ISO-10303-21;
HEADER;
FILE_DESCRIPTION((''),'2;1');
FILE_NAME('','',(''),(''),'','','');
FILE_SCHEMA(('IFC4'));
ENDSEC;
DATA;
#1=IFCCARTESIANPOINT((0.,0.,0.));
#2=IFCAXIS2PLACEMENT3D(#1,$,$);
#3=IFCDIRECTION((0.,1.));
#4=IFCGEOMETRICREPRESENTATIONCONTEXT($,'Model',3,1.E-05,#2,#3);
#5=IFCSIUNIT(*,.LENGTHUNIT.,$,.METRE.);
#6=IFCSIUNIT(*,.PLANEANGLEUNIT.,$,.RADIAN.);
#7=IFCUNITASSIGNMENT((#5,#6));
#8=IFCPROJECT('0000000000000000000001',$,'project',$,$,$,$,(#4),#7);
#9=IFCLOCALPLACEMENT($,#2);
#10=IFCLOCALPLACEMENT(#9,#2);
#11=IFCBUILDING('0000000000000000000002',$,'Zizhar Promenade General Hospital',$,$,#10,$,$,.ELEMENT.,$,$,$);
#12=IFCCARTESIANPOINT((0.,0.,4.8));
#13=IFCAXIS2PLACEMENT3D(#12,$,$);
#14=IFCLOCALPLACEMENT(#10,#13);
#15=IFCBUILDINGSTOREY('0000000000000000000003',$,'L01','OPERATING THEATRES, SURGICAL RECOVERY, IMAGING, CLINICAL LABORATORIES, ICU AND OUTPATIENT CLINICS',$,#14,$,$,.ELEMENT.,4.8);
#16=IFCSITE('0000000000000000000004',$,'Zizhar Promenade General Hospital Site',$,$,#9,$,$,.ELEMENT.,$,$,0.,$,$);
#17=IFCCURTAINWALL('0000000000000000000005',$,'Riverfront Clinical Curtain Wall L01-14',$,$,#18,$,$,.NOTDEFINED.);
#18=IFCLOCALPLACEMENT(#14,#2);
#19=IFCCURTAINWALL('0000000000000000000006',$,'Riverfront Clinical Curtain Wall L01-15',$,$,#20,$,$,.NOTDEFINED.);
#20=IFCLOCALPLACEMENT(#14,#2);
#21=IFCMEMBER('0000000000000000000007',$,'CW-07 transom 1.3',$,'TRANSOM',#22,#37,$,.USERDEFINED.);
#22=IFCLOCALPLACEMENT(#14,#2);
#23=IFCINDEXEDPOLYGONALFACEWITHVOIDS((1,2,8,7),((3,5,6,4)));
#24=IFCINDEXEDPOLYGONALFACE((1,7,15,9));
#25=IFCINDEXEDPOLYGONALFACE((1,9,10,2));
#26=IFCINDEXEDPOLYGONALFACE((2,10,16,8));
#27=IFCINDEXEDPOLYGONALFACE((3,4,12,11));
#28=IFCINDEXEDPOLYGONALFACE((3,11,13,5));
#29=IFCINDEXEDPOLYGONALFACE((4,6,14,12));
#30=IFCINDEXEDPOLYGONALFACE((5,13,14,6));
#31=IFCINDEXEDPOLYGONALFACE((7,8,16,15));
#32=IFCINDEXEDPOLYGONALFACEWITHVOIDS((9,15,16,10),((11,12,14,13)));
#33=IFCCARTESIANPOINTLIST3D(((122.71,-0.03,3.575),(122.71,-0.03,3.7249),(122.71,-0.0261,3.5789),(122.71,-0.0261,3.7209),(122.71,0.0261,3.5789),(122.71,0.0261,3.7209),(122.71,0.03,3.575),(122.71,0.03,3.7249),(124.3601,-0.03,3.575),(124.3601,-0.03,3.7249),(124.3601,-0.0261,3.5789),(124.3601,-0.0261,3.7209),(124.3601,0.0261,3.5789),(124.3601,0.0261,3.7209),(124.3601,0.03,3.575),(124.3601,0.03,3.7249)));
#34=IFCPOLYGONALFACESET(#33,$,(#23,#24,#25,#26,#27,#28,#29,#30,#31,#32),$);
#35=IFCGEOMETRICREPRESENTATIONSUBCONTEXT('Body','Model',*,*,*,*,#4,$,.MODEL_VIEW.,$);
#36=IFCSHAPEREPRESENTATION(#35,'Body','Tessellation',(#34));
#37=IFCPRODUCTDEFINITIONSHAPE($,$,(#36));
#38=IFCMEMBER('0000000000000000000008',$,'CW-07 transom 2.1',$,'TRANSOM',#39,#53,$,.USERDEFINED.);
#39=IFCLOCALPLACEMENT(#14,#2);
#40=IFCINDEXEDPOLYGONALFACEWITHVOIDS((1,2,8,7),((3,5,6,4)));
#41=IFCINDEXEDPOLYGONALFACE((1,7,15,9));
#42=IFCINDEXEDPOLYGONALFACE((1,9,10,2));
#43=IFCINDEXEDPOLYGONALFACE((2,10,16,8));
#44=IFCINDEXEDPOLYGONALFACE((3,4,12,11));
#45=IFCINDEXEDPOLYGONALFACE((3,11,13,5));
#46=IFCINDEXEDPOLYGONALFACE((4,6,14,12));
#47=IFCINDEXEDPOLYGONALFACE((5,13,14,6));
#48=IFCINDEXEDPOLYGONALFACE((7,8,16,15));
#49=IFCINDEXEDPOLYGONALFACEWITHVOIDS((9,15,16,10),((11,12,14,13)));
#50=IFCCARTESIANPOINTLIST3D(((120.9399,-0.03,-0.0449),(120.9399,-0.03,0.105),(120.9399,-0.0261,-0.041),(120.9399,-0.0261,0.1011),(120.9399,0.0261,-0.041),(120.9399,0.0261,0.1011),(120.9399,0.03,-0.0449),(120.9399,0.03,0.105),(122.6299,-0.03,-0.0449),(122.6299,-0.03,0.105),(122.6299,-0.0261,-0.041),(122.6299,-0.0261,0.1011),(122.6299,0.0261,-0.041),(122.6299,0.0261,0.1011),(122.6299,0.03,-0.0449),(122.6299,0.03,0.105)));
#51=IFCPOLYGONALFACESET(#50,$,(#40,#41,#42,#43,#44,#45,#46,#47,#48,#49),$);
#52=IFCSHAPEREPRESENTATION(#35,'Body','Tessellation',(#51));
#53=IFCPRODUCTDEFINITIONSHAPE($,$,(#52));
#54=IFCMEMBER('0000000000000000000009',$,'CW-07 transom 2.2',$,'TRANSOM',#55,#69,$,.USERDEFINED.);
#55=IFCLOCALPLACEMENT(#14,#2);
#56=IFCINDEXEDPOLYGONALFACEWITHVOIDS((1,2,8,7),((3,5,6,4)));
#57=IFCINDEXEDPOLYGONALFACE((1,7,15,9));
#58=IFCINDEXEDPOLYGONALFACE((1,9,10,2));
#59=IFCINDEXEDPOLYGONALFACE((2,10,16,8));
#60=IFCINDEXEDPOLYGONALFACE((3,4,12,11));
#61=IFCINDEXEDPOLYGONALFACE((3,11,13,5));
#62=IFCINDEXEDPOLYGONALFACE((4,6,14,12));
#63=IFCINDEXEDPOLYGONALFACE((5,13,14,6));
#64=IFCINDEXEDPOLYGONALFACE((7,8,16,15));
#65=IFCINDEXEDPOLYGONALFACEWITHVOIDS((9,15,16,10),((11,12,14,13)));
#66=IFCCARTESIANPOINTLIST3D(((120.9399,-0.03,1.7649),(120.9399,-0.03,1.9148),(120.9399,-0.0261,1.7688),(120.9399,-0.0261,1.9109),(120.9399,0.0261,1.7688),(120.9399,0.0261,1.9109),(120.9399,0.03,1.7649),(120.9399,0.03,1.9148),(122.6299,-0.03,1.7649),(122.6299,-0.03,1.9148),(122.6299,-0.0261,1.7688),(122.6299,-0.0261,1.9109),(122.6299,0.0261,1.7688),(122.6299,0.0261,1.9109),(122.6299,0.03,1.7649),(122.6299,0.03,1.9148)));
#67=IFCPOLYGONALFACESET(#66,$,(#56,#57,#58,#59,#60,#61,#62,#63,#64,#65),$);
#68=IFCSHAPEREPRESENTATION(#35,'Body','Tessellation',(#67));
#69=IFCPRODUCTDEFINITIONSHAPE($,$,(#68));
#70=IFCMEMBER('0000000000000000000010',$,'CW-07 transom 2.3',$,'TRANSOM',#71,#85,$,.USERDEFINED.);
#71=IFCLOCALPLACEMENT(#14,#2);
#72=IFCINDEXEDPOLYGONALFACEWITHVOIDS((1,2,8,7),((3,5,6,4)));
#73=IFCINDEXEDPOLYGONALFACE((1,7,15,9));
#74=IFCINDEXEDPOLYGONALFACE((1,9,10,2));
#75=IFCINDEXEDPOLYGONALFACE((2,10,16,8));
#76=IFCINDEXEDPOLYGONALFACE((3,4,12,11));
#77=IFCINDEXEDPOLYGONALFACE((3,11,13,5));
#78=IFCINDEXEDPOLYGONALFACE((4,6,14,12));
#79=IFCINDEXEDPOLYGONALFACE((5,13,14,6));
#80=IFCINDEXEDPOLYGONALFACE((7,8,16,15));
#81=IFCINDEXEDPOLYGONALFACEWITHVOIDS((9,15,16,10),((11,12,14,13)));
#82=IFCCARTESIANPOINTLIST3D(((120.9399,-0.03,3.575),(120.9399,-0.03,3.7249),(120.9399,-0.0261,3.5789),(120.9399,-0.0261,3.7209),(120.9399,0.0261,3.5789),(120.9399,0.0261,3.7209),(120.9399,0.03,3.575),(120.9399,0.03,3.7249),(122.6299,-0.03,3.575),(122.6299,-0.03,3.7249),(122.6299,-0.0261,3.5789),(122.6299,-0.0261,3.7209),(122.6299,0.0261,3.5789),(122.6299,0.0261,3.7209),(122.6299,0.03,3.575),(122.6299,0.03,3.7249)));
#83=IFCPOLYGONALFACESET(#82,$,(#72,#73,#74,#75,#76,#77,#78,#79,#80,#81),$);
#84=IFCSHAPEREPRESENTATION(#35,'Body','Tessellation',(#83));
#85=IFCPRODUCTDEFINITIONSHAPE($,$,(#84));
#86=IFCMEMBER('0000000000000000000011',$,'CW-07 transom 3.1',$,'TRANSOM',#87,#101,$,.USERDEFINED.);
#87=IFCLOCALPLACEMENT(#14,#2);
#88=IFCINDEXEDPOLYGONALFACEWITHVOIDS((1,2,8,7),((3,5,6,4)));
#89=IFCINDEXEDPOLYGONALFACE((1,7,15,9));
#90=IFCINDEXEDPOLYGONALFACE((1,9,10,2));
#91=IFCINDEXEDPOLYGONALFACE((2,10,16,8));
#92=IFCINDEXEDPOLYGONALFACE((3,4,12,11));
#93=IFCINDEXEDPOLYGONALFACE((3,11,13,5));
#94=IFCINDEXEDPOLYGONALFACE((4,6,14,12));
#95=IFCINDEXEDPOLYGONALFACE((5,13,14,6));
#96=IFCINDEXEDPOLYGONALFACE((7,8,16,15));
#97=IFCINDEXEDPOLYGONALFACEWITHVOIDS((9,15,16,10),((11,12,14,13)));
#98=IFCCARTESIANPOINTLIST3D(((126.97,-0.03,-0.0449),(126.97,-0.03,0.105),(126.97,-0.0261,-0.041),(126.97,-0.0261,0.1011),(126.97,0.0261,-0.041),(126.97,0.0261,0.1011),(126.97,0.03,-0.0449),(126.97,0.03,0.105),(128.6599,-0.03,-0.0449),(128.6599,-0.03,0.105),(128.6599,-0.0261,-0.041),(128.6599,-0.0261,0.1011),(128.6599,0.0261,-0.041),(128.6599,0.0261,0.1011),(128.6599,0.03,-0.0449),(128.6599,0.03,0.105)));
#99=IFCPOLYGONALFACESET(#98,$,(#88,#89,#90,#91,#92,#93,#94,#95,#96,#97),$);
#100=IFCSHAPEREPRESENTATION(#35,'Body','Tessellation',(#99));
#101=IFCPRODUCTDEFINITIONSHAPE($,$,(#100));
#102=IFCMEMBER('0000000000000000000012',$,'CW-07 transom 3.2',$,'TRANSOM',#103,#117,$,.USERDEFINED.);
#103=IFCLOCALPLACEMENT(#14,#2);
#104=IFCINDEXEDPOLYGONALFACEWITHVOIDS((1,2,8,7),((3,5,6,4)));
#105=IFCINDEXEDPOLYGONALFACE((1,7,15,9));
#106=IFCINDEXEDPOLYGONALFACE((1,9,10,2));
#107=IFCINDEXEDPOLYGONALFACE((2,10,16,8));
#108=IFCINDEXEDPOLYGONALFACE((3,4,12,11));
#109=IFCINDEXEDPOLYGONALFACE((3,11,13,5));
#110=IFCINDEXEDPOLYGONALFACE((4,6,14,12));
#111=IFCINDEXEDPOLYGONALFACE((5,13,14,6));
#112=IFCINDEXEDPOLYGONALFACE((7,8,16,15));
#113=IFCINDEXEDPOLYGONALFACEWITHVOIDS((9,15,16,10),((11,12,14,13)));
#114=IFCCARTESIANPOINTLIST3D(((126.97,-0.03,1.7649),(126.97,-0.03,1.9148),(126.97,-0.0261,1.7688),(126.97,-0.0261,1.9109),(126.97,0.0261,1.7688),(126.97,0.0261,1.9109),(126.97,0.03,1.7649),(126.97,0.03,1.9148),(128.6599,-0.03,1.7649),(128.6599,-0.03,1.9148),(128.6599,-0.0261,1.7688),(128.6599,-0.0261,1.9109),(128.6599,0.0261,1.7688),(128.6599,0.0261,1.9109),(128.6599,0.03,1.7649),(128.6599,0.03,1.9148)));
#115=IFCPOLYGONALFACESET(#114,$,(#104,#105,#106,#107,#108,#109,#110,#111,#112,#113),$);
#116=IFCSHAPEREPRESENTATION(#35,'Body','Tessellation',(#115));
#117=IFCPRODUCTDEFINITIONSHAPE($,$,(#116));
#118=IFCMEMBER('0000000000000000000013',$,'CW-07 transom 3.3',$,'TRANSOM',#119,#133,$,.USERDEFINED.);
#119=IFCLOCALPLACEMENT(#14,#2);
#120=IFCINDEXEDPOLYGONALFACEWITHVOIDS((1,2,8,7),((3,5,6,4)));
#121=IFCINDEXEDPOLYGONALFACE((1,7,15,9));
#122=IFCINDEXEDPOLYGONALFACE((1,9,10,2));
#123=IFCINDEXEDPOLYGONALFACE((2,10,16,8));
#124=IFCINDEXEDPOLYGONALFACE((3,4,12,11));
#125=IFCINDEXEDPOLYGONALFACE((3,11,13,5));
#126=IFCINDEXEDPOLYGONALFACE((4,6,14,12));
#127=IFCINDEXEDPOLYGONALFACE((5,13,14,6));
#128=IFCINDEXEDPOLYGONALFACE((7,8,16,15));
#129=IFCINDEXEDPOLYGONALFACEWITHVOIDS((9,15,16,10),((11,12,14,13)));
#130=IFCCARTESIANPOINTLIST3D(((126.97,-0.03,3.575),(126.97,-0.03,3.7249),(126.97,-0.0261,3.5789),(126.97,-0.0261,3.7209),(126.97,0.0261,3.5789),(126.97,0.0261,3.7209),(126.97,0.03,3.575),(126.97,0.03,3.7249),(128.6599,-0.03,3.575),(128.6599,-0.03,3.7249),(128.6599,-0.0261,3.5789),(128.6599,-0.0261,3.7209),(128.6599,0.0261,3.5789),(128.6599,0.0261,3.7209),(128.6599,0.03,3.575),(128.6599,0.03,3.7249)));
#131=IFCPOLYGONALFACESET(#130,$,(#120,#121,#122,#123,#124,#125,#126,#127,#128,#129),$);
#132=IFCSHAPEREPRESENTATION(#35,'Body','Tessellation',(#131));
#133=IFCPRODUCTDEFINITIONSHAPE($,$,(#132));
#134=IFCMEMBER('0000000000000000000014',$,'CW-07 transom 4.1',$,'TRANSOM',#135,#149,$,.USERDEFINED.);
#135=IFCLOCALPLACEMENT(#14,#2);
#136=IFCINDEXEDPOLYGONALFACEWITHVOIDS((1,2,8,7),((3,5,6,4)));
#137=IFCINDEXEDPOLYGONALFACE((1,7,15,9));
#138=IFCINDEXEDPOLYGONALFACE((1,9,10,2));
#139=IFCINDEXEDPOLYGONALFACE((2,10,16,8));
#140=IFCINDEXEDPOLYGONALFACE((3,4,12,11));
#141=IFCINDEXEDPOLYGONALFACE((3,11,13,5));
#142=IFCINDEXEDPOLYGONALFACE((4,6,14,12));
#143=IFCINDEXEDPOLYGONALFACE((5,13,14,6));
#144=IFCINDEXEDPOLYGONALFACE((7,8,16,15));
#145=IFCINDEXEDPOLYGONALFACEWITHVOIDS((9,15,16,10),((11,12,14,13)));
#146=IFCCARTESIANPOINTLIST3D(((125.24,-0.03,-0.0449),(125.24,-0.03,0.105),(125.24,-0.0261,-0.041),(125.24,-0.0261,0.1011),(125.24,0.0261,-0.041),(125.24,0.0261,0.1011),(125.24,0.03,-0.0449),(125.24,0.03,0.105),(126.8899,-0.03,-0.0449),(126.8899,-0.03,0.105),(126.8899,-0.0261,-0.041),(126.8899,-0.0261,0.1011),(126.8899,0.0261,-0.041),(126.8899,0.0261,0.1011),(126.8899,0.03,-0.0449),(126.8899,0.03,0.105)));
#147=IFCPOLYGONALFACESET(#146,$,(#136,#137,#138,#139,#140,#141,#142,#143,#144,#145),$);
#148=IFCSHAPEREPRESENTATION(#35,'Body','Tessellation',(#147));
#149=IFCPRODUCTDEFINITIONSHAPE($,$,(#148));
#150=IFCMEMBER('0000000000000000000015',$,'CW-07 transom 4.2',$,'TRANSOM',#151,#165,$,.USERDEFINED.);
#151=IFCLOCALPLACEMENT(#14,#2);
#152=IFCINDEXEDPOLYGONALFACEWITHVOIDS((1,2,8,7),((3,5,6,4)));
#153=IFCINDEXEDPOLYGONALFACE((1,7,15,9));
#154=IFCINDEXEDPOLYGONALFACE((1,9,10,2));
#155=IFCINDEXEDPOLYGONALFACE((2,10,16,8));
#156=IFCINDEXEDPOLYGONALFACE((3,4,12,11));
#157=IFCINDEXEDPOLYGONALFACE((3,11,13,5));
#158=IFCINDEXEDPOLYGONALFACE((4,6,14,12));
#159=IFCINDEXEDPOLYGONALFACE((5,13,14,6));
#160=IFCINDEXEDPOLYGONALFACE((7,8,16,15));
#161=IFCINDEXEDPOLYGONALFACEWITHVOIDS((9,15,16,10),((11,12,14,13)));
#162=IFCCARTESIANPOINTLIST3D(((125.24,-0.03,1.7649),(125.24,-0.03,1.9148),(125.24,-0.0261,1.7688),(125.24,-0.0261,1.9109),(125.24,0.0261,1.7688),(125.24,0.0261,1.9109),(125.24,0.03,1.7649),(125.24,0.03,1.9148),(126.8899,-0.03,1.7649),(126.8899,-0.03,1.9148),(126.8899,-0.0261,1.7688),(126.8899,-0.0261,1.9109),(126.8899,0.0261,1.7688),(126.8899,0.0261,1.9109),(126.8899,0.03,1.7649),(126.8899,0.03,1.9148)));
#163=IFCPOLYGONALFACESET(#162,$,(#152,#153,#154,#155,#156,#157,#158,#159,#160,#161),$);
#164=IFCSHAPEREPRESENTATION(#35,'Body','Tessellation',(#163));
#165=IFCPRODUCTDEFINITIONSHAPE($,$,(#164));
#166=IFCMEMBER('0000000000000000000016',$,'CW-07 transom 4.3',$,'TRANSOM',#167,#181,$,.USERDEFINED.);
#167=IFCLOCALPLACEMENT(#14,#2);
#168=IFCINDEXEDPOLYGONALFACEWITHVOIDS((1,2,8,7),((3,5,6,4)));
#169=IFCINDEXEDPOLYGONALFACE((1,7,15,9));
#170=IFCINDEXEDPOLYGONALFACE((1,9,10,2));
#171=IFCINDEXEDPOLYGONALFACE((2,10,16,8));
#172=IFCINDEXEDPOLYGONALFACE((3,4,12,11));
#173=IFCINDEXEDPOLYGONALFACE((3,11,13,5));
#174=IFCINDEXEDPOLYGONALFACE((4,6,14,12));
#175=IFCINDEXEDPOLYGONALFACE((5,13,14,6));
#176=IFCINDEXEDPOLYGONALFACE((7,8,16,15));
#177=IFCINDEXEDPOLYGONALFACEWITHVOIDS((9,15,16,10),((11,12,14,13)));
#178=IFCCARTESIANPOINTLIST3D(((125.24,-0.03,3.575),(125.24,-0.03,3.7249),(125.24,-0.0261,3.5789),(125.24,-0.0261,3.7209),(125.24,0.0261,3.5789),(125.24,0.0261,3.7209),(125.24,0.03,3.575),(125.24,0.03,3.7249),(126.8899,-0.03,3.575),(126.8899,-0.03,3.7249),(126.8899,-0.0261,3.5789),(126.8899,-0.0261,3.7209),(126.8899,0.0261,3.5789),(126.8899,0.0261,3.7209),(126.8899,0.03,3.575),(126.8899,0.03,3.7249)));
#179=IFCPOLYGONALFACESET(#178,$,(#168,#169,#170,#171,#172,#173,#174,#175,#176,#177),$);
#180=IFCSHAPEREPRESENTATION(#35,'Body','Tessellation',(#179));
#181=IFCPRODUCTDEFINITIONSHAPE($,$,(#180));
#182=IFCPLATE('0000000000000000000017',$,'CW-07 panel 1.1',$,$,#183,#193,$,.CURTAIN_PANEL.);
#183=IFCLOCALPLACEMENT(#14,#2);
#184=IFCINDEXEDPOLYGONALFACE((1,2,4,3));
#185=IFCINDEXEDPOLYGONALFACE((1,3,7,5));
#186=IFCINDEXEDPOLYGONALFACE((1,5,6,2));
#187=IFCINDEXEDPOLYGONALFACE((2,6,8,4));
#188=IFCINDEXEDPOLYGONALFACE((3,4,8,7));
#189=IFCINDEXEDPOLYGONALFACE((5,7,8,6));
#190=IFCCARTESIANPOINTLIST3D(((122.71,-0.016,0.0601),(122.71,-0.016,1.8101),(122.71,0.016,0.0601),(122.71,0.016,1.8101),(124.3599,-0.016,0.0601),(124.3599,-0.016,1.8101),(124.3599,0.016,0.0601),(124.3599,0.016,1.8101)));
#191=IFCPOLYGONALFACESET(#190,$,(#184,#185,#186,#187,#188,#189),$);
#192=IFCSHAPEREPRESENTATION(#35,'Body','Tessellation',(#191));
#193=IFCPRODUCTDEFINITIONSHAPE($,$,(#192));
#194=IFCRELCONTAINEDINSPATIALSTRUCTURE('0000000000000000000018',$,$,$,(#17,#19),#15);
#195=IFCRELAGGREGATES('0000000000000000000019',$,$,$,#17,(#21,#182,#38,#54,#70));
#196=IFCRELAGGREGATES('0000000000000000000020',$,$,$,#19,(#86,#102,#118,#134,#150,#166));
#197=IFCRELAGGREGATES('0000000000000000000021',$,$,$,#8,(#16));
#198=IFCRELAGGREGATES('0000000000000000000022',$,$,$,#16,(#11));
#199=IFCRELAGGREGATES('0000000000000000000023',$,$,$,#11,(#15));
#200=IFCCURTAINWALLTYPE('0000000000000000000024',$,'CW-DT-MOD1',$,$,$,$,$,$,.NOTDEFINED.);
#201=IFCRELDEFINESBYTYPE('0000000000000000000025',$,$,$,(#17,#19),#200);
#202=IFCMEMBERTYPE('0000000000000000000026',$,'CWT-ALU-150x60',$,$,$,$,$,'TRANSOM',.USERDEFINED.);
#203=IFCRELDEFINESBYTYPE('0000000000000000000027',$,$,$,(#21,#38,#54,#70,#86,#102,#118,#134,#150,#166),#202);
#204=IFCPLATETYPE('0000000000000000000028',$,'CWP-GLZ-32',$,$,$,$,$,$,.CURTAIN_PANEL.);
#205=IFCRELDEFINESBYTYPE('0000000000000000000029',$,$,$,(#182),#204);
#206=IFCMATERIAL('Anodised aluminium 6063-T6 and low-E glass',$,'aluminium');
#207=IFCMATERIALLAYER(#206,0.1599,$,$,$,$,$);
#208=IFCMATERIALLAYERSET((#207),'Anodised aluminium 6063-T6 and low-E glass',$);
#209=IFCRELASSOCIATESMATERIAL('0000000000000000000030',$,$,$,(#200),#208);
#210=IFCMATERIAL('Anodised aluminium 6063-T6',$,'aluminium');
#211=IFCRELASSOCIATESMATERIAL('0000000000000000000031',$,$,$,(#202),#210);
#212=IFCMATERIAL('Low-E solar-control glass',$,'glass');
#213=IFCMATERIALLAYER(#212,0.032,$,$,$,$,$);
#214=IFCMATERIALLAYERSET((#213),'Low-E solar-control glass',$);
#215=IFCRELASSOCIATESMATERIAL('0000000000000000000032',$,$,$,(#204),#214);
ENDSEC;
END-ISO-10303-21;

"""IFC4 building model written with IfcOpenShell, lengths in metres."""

from ifc_helpers import new_model, si_unit, direction, frame, origin, origin_2d, place, context, subcontext, project, spatial, rectangle, hollow_rectangle, extrude, material, layer, layer_set, material_profile, profile_set, type_object, element, aggregate, save


model = new_model("IFC4")

# Units and contexts
model_context = context("Model", 3, precision=1e-05, world=origin(), true_north=direction((0.0, 1.0)))
body_context = subcontext(model_context, "Body", "Model", "MODEL_VIEW")
ifc_project = project(units=[si_unit("LENGTHUNIT", "METRE"), si_unit("PLANEANGLEUNIT", "RADIAN")], contexts=[model_context])

# Site, building, storey
site_placement = place(None, origin())
site = spatial("IfcSite", under=ifc_project, at=site_placement, Name="Zizhar Promenade General Hospital Site", CompositionType="ELEMENT", RefElevation=0.0)
building_placement = place(site_placement, origin())
building = spatial("IfcBuilding", under=site, at=building_placement, Name="Zizhar Promenade General Hospital", CompositionType="ELEMENT")
storey_placement = place(building_placement, frame((0.0, 0.0, 4.8)))
storey = spatial("IfcBuildingStorey", under=building, at=storey_placement, Name="L01", Description="OPERATING THEATRES, SURGICAL RECOVERY, IMAGING, CLINICAL LABORATORIES, ICU AND OUTPATIENT CLINICS", CompositionType="ELEMENT", Elevation=4.8)

# Curtain walls
ifc_material_1 = material(Name="Anodised aluminium 6063-T6 and low-E glass", Category="aluminium")
ifc_layer_1 = layer(ifc_material_1, 0.1599)
ifc_layer_set_1 = layer_set([ifc_layer_1], Name="Anodised aluminium 6063-T6 and low-E glass")
curtain_wall_type = type_object("IfcCurtainWallType", Name="CW-DT-MOD1", PredefinedType="NOTDEFINED", material=ifc_layer_set_1)
curtain_wall_1_placement = place(storey_placement, origin())
curtain_wall_1 = element("IfcCurtainWall", 1, at=curtain_wall_1_placement, inside=storey, type_object=curtain_wall_type, Name="Riverfront Clinical Curtain Wall L01-14", PredefinedType="NOTDEFINED")
curtain_wall_2_placement = place(storey_placement, origin())
curtain_wall_2 = element("IfcCurtainWall", 2, at=curtain_wall_2_placement, inside=storey, type_object=curtain_wall_type, Name="Riverfront Clinical Curtain Wall L01-15", PredefinedType="NOTDEFINED")

# Members
ifc_material_2 = material(Name="Anodised aluminium 6063-T6", Category="aluminium")
ifc_material_profile_1 = material_profile(ifc_material_2, hollow_rectangle(XDim=0.0601, YDim=0.1499, WallThickness=0.0039, at=origin_2d()))
ifc_profile_set_1 = profile_set([ifc_material_profile_1], Name="Anodised aluminium 6063-T6")
member_type_1 = type_object("IfcMemberType", Name="CWT-ALU-150x60", ElementType="TRANSOM", PredefinedType="USERDEFINED", material=ifc_profile_set_1)
member_1_placement = place(storey_placement, frame((124.3601, 0.0, 3.6499), z_axis=(-1.0, 0.0, 0.0), x_axis=(0.0, -1.0, 0.0)))
member_1 = element("IfcMember", 3, at=member_1_placement, type_object=member_type_1, Name="CW-07 transom 1.3", ObjectType="TRANSOM", PredefinedType="USERDEFINED", context=body_context, shape_type="SweptSolid", body=[
    extrude(hollow_rectangle(XDim=0.0601, YDim=0.1499, WallThickness=0.0039, at=origin_2d()), origin(), (0.0, 0.0, 1.0), 1.6501),
])
member_2_placement = place(storey_placement, frame((122.6299, 0.0, 0.03), z_axis=(-1.0, 0.0, 0.0), x_axis=(0.0, -1.0, 0.0)))
member_2 = element("IfcMember", 4, at=member_2_placement, type_object=member_type_1, Name="CW-07 transom 2.1", ObjectType="TRANSOM", PredefinedType="USERDEFINED", context=body_context, shape_type="SweptSolid", body=[
    extrude(hollow_rectangle(XDim=0.0601, YDim=0.1499, WallThickness=0.0039, at=origin_2d()), origin(), (0.0, 0.0, 1.0), 1.6899),
])
member_3_placement = place(storey_placement, frame((122.6299, 0.0, 1.8398), z_axis=(-1.0, 0.0, 0.0), x_axis=(0.0, -1.0, 0.0)))
member_3 = element("IfcMember", 5, at=member_3_placement, type_object=member_type_1, Name="CW-07 transom 2.2", ObjectType="TRANSOM", PredefinedType="USERDEFINED", context=body_context, shape_type="SweptSolid", body=[
    extrude(hollow_rectangle(XDim=0.0601, YDim=0.1499, WallThickness=0.0039, at=origin_2d()), origin(), (0.0, 0.0, 1.0), 1.6899),
])
member_4_placement = place(storey_placement, frame((122.6299, 0.0, 3.6499), z_axis=(-1.0, 0.0, 0.0), x_axis=(0.0, -1.0, 0.0)))
member_4 = element("IfcMember", 6, at=member_4_placement, type_object=member_type_1, Name="CW-07 transom 2.3", ObjectType="TRANSOM", PredefinedType="USERDEFINED", context=body_context, shape_type="SweptSolid", body=[
    extrude(hollow_rectangle(XDim=0.0601, YDim=0.1499, WallThickness=0.0039, at=origin_2d()), origin(), (0.0, 0.0, 1.0), 1.6899),
])
member_5_placement = place(storey_placement, frame((128.6599, 0.0, 0.03), z_axis=(-1.0, 0.0, 0.0), x_axis=(0.0, -1.0, 0.0)))
member_5 = element("IfcMember", 7, at=member_5_placement, type_object=member_type_1, Name="CW-07 transom 3.1", ObjectType="TRANSOM", PredefinedType="USERDEFINED", context=body_context, shape_type="SweptSolid", body=[
    extrude(hollow_rectangle(XDim=0.0601, YDim=0.1499, WallThickness=0.0039, at=origin_2d()), origin(), (0.0, 0.0, 1.0), 1.6899),
])
member_6_placement = place(storey_placement, frame((128.6599, 0.0, 1.8398), z_axis=(-1.0, 0.0, 0.0), x_axis=(0.0, -1.0, 0.0)))
member_6 = element("IfcMember", 8, at=member_6_placement, type_object=member_type_1, Name="CW-07 transom 3.2", ObjectType="TRANSOM", PredefinedType="USERDEFINED", context=body_context, shape_type="SweptSolid", body=[
    extrude(hollow_rectangle(XDim=0.0601, YDim=0.1499, WallThickness=0.0039, at=origin_2d()), origin(), (0.0, 0.0, 1.0), 1.6899),
])
member_7_placement = place(storey_placement, frame((128.6599, 0.0, 3.6499), z_axis=(-1.0, 0.0, 0.0), x_axis=(0.0, -1.0, 0.0)))
member_7 = element("IfcMember", 9, at=member_7_placement, type_object=member_type_1, Name="CW-07 transom 3.3", ObjectType="TRANSOM", PredefinedType="USERDEFINED", context=body_context, shape_type="SweptSolid", body=[
    extrude(hollow_rectangle(XDim=0.0601, YDim=0.1499, WallThickness=0.0039, at=origin_2d()), origin(), (0.0, 0.0, 1.0), 1.6899),
])
member_8_placement = place(storey_placement, frame((126.8899, 0.0, 0.03), z_axis=(-1.0, 0.0, 0.0), x_axis=(0.0, -1.0, 0.0)))
member_8 = element("IfcMember", 10, at=member_8_placement, type_object=member_type_1, Name="CW-07 transom 4.1", ObjectType="TRANSOM", PredefinedType="USERDEFINED", context=body_context, shape_type="SweptSolid", body=[
    extrude(hollow_rectangle(XDim=0.0601, YDim=0.1499, WallThickness=0.0039, at=origin_2d()), origin(), (0.0, 0.0, 1.0), 1.6499),
])
member_9_placement = place(storey_placement, frame((126.8899, 0.0, 1.8398), z_axis=(-1.0, 0.0, 0.0), x_axis=(0.0, -1.0, 0.0)))
member_9 = element("IfcMember", 11, at=member_9_placement, type_object=member_type_1, Name="CW-07 transom 4.2", ObjectType="TRANSOM", PredefinedType="USERDEFINED", context=body_context, shape_type="SweptSolid", body=[
    extrude(hollow_rectangle(XDim=0.0601, YDim=0.1499, WallThickness=0.0039, at=origin_2d()), origin(), (0.0, 0.0, 1.0), 1.6499),
])
member_10_placement = place(storey_placement, frame((126.8899, 0.0, 3.6499), z_axis=(-1.0, 0.0, 0.0), x_axis=(0.0, -1.0, 0.0)))
member_10 = element("IfcMember", 12, at=member_10_placement, type_object=member_type_1, Name="CW-07 transom 4.3", ObjectType="TRANSOM", PredefinedType="USERDEFINED", context=body_context, shape_type="SweptSolid", body=[
    extrude(hollow_rectangle(XDim=0.0601, YDim=0.1499, WallThickness=0.0039, at=origin_2d()), origin(), (0.0, 0.0, 1.0), 1.6499),
])

# Plate
ifc_material_3 = material(Name="Low-E solar-control glass", Category="glass")
ifc_layer_2 = layer(ifc_material_3, 0.032)
ifc_layer_set_2 = layer_set([ifc_layer_2], Name="Low-E solar-control glass")
plate_type = type_object("IfcPlateType", Name="CWP-GLZ-32", PredefinedType="CURTAIN_PANEL", material=ifc_layer_set_2)
plate_1_placement = place(storey_placement, frame((123.5349, 0.0, 0.0601), z_axis=(0.0, 0.0, 1.0), x_axis=(-1.0, 0.0, 0.0)))
plate_1 = element("IfcPlate", 13, at=plate_1_placement, type_object=plate_type, Name="CW-07 panel 1.1", PredefinedType="CURTAIN_PANEL", context=body_context, shape_type="SweptSolid", body=[
    extrude(rectangle(XDim=1.6499, YDim=0.032, at=origin_2d()), origin(), (0.0, 0.0, 1.0), 1.75),
])
aggregate(curtain_wall_1, [member_1, plate_1, member_2, member_3, member_4])
aggregate(curtain_wall_2, [member_5, member_6, member_7, member_8, member_9, member_10])

save(model, "model.ifc")
